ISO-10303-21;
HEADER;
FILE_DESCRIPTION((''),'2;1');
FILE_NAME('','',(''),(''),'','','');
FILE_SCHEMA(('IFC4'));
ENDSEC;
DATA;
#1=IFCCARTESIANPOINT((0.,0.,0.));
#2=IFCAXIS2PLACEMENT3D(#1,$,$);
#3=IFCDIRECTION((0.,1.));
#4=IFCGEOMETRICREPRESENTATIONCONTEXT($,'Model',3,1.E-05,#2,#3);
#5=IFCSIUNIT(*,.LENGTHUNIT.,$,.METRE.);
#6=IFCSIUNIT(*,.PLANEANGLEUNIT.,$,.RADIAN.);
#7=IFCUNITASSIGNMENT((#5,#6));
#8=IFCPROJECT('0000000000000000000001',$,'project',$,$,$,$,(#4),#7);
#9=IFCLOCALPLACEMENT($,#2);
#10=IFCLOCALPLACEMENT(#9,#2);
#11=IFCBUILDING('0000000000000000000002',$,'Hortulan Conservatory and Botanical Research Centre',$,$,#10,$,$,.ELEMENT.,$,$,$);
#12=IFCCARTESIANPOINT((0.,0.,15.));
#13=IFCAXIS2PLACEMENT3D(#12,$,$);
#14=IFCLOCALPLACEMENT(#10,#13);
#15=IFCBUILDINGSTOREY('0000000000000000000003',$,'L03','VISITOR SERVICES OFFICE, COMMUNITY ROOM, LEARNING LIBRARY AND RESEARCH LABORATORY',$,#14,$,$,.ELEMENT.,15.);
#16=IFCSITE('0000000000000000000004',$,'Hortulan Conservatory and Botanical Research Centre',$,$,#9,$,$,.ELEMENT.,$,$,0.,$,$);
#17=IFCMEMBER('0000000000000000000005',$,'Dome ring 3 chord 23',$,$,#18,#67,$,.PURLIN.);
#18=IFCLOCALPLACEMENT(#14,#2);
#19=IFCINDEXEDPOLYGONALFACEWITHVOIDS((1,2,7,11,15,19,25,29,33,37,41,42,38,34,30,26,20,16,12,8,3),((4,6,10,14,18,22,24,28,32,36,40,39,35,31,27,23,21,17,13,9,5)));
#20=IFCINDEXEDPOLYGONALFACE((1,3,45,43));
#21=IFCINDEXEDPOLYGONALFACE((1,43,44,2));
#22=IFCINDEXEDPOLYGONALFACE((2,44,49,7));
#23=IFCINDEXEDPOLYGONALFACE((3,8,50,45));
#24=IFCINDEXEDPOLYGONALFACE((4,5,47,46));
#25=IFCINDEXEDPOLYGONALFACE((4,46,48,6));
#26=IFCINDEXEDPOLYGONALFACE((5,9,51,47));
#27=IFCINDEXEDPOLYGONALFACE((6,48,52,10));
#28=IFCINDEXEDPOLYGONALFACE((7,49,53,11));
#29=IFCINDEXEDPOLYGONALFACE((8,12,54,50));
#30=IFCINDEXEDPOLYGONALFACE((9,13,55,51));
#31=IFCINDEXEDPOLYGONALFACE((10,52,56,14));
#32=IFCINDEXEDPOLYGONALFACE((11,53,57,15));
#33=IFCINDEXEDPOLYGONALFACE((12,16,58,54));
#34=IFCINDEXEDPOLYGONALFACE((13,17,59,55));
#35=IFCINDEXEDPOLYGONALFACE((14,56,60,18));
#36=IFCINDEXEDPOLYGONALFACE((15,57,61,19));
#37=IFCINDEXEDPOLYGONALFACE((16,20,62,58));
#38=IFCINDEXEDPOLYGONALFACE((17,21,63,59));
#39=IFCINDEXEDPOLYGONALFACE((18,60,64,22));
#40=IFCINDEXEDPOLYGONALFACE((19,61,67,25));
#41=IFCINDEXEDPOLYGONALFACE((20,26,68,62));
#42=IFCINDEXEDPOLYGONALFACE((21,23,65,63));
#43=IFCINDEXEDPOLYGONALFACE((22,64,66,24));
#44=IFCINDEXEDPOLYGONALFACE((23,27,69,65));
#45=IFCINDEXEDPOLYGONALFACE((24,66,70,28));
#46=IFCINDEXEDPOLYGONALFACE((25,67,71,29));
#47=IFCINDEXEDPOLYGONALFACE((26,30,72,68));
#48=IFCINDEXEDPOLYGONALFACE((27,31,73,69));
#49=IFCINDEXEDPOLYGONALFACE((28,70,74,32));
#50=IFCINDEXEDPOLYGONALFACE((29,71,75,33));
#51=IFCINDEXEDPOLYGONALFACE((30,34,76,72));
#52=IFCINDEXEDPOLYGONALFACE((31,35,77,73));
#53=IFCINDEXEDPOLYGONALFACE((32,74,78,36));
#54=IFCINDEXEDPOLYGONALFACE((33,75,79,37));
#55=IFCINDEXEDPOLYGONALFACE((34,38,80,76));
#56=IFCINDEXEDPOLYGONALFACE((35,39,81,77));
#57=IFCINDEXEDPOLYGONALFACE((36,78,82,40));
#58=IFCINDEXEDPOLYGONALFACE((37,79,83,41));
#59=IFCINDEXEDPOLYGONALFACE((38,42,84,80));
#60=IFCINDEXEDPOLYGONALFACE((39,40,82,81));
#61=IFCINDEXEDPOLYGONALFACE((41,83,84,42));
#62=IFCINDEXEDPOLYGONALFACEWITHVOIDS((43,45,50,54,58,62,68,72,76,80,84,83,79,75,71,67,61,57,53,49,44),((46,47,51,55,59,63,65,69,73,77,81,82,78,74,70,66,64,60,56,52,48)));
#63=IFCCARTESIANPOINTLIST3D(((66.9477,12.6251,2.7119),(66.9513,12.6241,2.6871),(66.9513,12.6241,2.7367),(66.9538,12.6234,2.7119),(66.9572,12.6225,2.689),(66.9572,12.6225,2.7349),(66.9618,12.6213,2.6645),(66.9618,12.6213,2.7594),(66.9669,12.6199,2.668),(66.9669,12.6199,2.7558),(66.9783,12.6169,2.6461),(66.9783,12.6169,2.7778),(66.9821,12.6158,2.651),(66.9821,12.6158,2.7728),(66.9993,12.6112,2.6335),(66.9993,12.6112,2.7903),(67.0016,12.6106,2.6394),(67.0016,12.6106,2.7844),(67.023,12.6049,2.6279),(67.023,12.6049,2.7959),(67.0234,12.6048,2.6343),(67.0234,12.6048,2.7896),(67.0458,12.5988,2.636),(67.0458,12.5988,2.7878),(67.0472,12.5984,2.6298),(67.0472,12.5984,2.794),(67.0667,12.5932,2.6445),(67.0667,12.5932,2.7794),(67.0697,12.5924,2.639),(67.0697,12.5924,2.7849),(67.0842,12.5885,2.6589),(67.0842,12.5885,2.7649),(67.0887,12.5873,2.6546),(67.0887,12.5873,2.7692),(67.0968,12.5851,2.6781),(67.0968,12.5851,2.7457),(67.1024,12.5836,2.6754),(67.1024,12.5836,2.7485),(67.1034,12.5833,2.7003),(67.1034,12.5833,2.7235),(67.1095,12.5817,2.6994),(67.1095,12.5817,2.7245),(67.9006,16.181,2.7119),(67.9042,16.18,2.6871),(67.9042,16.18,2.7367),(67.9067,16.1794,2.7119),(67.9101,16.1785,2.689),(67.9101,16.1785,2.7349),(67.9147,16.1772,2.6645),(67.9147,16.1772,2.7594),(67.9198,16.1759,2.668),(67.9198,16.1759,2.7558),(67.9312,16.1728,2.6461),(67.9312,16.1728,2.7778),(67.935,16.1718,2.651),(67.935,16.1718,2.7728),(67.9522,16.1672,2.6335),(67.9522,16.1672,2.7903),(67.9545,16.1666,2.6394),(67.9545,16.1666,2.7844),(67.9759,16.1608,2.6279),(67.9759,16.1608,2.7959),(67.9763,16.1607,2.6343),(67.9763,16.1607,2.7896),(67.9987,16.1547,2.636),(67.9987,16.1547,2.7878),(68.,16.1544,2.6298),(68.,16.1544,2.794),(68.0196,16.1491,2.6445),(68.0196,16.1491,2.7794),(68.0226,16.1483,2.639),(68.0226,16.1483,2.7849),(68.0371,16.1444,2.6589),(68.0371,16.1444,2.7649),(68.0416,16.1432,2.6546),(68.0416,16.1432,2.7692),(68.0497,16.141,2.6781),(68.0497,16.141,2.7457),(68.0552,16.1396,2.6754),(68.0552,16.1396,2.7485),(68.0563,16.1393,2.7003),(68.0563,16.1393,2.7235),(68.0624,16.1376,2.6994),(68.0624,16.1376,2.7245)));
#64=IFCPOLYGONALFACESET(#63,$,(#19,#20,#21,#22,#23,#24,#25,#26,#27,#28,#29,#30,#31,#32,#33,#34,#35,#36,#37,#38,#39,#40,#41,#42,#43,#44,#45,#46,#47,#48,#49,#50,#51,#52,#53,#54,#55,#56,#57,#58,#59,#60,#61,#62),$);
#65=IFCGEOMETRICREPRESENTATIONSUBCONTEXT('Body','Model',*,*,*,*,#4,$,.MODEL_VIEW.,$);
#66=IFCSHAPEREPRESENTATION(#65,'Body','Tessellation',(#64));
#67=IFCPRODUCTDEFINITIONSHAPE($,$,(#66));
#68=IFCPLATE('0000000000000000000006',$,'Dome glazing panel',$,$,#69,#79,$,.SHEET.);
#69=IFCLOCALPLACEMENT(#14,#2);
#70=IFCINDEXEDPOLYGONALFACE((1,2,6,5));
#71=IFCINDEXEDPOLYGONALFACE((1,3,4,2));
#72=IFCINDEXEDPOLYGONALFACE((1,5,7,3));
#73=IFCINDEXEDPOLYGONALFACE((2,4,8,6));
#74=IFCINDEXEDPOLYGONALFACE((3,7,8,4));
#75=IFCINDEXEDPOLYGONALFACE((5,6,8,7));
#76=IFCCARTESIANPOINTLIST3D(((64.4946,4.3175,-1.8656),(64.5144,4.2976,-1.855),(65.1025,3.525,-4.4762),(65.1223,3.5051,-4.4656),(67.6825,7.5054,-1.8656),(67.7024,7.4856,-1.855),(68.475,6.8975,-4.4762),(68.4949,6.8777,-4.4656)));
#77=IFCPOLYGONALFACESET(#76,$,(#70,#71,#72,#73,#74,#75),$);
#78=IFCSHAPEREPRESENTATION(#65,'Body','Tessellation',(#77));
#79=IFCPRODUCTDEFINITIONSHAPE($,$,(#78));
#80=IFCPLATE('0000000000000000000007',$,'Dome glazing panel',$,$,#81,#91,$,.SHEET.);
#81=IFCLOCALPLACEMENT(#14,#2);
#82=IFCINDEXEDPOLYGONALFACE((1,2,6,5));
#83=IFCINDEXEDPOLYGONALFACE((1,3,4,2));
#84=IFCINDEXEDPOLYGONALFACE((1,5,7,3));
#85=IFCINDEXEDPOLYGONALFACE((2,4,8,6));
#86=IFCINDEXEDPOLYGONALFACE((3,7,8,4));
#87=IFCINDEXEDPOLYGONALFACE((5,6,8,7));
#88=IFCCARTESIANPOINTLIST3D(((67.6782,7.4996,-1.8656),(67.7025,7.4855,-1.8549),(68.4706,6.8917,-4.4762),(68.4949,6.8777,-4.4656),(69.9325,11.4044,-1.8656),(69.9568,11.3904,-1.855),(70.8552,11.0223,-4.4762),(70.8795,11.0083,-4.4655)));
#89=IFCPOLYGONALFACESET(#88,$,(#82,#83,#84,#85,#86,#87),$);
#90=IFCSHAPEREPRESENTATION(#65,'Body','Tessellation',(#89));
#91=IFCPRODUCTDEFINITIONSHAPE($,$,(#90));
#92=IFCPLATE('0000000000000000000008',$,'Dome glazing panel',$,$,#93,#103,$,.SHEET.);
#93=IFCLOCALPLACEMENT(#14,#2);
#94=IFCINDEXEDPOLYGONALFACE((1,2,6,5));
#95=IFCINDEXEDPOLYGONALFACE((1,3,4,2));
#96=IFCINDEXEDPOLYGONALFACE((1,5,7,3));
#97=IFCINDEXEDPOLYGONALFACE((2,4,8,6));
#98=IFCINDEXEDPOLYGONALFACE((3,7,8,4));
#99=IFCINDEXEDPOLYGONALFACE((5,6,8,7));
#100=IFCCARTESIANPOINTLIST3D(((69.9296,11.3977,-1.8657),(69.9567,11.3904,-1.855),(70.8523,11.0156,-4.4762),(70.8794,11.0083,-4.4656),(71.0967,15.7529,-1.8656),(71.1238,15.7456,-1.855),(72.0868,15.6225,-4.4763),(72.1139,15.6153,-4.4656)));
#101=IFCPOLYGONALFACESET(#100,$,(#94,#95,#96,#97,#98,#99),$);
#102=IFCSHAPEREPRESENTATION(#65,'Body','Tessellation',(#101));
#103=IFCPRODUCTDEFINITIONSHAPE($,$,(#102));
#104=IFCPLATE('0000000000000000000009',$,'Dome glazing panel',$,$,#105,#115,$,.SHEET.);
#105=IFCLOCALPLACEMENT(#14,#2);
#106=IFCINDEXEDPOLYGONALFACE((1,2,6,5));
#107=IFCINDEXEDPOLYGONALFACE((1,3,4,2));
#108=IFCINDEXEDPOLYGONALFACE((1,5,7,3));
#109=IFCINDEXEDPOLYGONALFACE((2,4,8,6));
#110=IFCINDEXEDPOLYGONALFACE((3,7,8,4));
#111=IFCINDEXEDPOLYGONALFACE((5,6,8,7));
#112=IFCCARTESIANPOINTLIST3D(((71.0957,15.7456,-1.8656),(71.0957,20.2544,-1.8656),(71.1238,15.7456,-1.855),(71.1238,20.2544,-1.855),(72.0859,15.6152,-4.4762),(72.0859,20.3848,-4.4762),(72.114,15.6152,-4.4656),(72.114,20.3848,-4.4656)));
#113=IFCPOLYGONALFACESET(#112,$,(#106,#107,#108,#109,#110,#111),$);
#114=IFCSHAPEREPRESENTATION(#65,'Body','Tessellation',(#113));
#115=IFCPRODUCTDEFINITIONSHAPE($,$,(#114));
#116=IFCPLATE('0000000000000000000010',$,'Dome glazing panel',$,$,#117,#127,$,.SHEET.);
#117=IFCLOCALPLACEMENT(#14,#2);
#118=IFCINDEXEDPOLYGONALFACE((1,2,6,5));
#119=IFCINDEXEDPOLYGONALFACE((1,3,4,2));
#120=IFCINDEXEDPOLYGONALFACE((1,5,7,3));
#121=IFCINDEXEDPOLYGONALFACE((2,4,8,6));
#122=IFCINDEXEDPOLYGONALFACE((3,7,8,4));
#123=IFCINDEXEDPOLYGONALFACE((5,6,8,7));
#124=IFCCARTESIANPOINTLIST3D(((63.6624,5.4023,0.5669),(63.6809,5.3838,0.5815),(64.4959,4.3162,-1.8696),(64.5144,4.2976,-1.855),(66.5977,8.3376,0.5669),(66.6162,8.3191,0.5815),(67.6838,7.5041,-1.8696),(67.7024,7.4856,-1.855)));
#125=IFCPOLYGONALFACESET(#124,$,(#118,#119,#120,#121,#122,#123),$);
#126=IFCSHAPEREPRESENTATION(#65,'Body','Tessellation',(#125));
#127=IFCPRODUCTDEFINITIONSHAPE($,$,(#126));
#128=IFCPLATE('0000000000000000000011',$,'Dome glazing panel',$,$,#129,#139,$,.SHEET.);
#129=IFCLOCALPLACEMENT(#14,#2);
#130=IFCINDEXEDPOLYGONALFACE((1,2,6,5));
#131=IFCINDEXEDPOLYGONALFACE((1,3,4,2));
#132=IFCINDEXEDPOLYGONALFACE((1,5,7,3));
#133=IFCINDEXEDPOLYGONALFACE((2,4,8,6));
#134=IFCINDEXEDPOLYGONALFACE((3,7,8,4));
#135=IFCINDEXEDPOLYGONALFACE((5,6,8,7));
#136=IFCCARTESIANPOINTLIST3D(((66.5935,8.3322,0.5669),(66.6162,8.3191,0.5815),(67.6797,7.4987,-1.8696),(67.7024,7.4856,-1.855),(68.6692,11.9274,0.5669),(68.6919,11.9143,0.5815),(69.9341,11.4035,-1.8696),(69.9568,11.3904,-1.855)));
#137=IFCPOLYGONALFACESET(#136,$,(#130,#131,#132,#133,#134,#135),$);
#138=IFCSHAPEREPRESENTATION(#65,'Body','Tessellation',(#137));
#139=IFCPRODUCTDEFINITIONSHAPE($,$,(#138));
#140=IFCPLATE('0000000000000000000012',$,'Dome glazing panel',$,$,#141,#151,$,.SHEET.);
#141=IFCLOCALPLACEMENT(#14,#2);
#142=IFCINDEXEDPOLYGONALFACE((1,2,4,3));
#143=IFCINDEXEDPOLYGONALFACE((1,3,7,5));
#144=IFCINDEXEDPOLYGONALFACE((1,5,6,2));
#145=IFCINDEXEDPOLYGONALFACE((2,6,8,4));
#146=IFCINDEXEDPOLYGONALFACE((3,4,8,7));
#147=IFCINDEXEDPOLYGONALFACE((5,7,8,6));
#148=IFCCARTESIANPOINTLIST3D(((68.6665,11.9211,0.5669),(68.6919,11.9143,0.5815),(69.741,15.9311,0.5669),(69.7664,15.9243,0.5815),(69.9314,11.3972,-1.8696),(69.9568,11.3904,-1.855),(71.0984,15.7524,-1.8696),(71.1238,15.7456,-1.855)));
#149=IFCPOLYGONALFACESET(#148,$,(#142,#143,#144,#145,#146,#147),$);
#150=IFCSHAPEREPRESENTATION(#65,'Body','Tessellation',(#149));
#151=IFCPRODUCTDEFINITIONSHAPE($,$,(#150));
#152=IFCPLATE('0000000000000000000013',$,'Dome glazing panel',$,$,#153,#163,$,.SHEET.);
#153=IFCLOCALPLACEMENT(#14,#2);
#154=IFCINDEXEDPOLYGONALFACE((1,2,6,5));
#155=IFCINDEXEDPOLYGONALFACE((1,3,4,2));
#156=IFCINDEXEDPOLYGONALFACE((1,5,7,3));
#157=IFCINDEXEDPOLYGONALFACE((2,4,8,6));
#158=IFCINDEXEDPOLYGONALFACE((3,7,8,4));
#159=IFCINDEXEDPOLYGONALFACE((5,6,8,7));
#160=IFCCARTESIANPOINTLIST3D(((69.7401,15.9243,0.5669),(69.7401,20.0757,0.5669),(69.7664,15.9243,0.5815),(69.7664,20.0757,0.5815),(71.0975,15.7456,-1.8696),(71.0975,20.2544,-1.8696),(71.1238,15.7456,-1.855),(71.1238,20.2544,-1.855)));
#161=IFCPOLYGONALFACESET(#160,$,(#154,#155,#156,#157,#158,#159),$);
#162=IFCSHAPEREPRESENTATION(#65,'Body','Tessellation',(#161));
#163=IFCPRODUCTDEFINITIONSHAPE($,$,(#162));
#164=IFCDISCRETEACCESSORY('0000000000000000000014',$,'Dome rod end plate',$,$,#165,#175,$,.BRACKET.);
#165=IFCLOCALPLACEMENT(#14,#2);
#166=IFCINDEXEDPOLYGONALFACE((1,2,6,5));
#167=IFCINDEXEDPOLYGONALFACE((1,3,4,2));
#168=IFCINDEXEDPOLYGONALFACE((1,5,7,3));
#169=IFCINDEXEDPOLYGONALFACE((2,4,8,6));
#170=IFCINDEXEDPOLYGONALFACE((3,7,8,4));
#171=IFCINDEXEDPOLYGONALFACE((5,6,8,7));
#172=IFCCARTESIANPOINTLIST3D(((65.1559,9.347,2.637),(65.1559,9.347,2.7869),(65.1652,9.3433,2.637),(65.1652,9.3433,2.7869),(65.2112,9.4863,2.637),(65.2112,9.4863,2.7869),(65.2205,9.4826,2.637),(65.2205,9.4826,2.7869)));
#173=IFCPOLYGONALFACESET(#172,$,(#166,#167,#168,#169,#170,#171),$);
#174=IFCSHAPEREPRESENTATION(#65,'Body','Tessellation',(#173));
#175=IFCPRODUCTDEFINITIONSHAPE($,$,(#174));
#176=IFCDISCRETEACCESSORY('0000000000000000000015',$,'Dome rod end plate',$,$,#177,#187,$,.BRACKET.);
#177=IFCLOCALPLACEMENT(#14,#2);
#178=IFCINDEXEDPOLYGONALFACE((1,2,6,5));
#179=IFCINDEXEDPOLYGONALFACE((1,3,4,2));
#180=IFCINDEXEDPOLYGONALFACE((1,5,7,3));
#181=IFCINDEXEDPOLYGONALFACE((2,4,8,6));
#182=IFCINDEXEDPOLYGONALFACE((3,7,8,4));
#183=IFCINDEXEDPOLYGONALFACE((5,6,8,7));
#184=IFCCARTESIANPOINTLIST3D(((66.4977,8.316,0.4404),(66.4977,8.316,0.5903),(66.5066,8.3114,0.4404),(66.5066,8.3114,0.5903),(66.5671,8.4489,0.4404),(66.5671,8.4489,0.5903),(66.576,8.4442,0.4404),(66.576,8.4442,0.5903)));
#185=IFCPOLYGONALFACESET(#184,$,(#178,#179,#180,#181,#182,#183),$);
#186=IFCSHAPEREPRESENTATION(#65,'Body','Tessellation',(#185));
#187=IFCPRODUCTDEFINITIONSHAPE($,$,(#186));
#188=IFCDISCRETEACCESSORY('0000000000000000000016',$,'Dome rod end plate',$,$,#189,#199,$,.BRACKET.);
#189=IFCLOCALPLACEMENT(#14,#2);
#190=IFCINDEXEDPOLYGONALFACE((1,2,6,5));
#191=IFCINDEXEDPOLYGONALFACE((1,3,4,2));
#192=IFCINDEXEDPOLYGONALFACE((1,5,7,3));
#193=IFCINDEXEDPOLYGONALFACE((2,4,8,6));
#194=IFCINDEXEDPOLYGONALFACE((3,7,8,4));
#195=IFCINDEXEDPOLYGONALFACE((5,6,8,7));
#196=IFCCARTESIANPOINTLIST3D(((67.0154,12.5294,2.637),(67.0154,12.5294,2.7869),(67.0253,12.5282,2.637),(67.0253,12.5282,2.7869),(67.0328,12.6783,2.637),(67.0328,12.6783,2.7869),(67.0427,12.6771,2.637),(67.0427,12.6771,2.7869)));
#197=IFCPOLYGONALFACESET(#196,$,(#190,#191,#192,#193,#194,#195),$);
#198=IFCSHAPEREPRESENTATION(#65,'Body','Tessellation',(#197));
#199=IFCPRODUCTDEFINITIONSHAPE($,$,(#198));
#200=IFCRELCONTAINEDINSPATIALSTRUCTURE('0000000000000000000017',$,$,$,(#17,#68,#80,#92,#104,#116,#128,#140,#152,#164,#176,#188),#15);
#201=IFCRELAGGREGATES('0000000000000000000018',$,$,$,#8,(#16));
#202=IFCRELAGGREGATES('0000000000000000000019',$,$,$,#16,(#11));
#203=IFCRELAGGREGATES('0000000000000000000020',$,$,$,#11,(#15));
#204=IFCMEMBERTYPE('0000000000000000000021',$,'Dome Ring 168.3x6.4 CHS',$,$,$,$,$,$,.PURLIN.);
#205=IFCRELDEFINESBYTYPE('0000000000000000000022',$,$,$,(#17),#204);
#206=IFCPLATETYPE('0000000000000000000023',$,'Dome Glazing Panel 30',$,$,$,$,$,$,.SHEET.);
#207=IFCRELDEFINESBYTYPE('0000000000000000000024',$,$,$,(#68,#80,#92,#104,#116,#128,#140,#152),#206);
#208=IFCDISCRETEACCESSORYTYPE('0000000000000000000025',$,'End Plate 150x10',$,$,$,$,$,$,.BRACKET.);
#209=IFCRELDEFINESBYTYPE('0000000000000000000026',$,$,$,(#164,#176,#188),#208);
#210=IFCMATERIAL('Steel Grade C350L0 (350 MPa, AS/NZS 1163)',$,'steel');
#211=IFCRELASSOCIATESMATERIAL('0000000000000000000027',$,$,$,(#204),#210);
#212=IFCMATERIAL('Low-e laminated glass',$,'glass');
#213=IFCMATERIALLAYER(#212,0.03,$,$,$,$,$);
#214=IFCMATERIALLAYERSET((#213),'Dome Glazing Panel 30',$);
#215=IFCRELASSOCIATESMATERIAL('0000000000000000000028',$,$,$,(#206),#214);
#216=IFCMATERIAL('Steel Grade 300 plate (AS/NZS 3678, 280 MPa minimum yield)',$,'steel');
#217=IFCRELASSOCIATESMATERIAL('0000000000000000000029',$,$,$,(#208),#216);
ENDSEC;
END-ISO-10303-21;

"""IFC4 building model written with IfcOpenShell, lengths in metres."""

from ifc_helpers import new_model, si_unit, direction, frame, origin, origin_2d, place, context, subcontext, project, spatial, polyline, rectangle, hollow_circle, outline, extrude, material, layer, layer_set, material_profile, profile_set, type_object, element, save


model = new_model("IFC4")

# Units and contexts
model_context = context("Model", 3, precision=1e-05, world=origin(), true_north=direction((0.0, 1.0)))
body_context = subcontext(model_context, "Body", "Model", "MODEL_VIEW")
ifc_project = project(units=[si_unit("LENGTHUNIT", "METRE"), si_unit("PLANEANGLEUNIT", "RADIAN")], contexts=[model_context])

# Site, building, storey
site_placement = place(None, origin())
site = spatial("IfcSite", under=ifc_project, at=site_placement, Name="Hortulan Conservatory and Botanical Research Centre", CompositionType="ELEMENT", RefElevation=0.0)
building_placement = place(site_placement, origin())
building = spatial("IfcBuilding", under=site, at=building_placement, Name="Hortulan Conservatory and Botanical Research Centre", CompositionType="ELEMENT")
storey_placement = place(building_placement, frame((0.0, 0.0, 15.0)))
storey = spatial("IfcBuildingStorey", under=building, at=storey_placement, Name="L03", Description="VISITOR SERVICES OFFICE, COMMUNITY ROOM, LEARNING LIBRARY AND RESEARCH LABORATORY", CompositionType="ELEMENT", Elevation=15.0)

# Shared definitions
ifc_material_1 = material(Name="Steel Grade C350L0 (350 MPa, AS/NZS 1163)", Category="steel")

# Member
ifc_material_profile_1 = material_profile(ifc_material_1, hollow_circle(Radius=0.0842, WallThickness=0.0063, at=origin_2d()), Name="168.3x6.4CHS")
ifc_profile_set_1 = profile_set([ifc_material_profile_1], Name="Steel Grade C350L0 (350 MPa, AS/NZS 1163)")
member_type_1 = type_object("IfcMemberType", Name="Dome Ring 168.3x6.4 CHS", PredefinedType="PURLIN", material=ifc_profile_set_1)
member_1_placement = place(storey_placement, frame((67.0291, 12.6033, 2.7119), z_axis=(0.258839, 0.965921, 0.0), x_axis=(-0.965921, 0.258839, 0.0)))
element("IfcMember", 1, at=member_1_placement, inside=storey, type_object=member_type_1, Name="Dome ring 3 chord 23", PredefinedType="PURLIN", context=body_context, shape_type="SweptSolid", body=[
    extrude(hollow_circle(Radius=0.0842, WallThickness=0.0063, at=origin_2d()), origin(), (0.0, 0.0, 1.0), 3.6814),
])

# Plates
ifc_material_2 = material(Name="Low-e laminated glass", Category="glass")
ifc_layer = layer(ifc_material_2, 0.03)
ifc_layer_set = layer_set([ifc_layer], Name="Dome Glazing Panel 30")
plate_type = type_object("IfcPlateType", Name="Dome Glazing Panel 30", PredefinedType="SHEET", material=ifc_layer_set)
plate_1_placement = place(storey_placement, frame((65.1223, 3.5051, -4.4656), z_axis=(0.661143, -0.661143, 0.354654), x_axis=(0.707107, 0.707107, 0.0)))
element("IfcPlate", 2, at=plate_1_placement, inside=storey, type_object=plate_type, Name="Dome glazing panel", PredefinedType="SHEET", context=body_context, shape_type="SweptSolid", body=[
    extrude(outline(polyline([(0.0, 0.0), (4.7695, 0.0), (4.639, 2.7921), (0.1305, 2.7921), (0.0, 0.0)])), origin(), (0.0, 0.0, -1.0), 0.03),
])
plate_2_placement = place(storey_placement, frame((68.4949, 6.8777, -4.4656), z_axis=(0.809753, -0.467479, 0.354631), x_axis=(0.499971, 0.866042, 0.000007)))
element("IfcPlate", 3, at=plate_2_placement, inside=storey, type_object=plate_type, Name="Dome glazing panel", PredefinedType="SHEET", context=body_context, shape_type="SweptSolid", body=[
    extrude(outline(polyline([(0.0, 0.0), (4.7695, 0.0), (4.6391, 2.792), (0.1303, 2.7921), (0.0, 0.0)])), origin(), (0.0, 0.0, -1.0), 0.03),
])
plate_3_placement = place(storey_placement, frame((70.8794, 11.0083, -4.4656), z_axis=(0.903142, -0.242017, 0.35463), x_axis=(0.258842, 0.96592, -0.000006)))
element("IfcPlate", 4, at=plate_3_placement, inside=storey, type_object=plate_type, Name="Dome glazing panel", PredefinedType="SHEET", context=body_context, shape_type="SweptSolid", body=[
    extrude(outline(polyline([(0.0, 0.0), (4.7695, 0.0), (4.6391, 2.7921), (0.1302, 2.792), (0.0, 0.0)])), origin(), (0.0, 0.0, -1.0), 0.03),
])
plate_4_placement = place(storey_placement, frame((72.114, 15.6152, -4.4656), z_axis=(0.934997, 0.0, 0.354657), x_axis=(0.0, 1.0, 0.0)))
element("IfcPlate", 5, at=plate_4_placement, inside=storey, type_object=plate_type, Name="Dome glazing panel", PredefinedType="SHEET", context=body_context, shape_type="SweptSolid", body=[
    extrude(outline(polyline([(0.0, 0.0), (4.7695, 0.0), (4.6392, 2.7921), (0.1304, 2.7921), (0.0, 0.0)])), origin(), (0.0, 0.0, -1.0), 0.03),
])
plate_5_placement = place(storey_placement, frame((64.5144, 4.2976, -1.855), z_axis=(0.617714, -0.617714, 0.486682), x_axis=(0.707107, 0.707107, 0.0)))
element("IfcPlate", 6, at=plate_5_placement, inside=storey, type_object=plate_type, Name="Dome glazing panel", PredefinedType="SHEET", context=body_context, shape_type="SweptSolid", body=[
    extrude(outline(polyline([(0.0, 0.0), (4.5085, 0.0), (4.3298, 2.7891), (0.1787, 2.7891), (0.0, 0.0)])), origin(), (0.0, 0.0, -1.0), 0.03),
])
plate_6_placement = place(storey_placement, frame((67.7024, 7.4856, -1.855), z_axis=(0.756546, -0.436787, 0.486677), x_axis=(0.499995, 0.866028, 0.000001)))
element("IfcPlate", 7, at=plate_6_placement, inside=storey, type_object=plate_type, Name="Dome glazing panel", PredefinedType="SHEET", context=body_context, shape_type="SweptSolid", body=[
    extrude(outline(polyline([(0.0, 0.0), (4.5088, 0.0), (4.3301, 2.7891), (0.1787, 2.7891), (0.0, 0.0)])), origin(), (0.0, 0.0, -1.0), 0.03),
])
plate_7_placement = place(storey_placement, frame((69.9568, 11.3904, -1.855), z_axis=(0.843814, -0.226099, 0.486679), x_axis=(0.258819, 0.965926, -0.000001)))
element("IfcPlate", 8, at=plate_7_placement, inside=storey, type_object=plate_type, Name="Dome glazing panel", PredefinedType="SHEET", context=body_context, shape_type="SweptSolid", body=[
    extrude(outline(polyline([(0.0, 0.0), (4.5089, 0.0), (4.3302, 2.7891), (0.1787, 2.7891), (0.0, 0.0)])), origin(), (0.0, 0.0, -1.0), 0.03),
])
plate_8_placement = place(storey_placement, frame((71.1238, 15.7456, -1.855), z_axis=(0.873579, 0.0, 0.486683), x_axis=(0.0, 1.0, 0.0)))
element("IfcPlate", 9, at=plate_8_placement, inside=storey, type_object=plate_type, Name="Dome glazing panel", PredefinedType="SHEET", context=body_context, shape_type="SweptSolid", body=[
    extrude(outline(polyline([(0.0, 0.0), (4.5088, 0.0), (4.3301, 2.7891), (0.1787, 2.7891), (0.0, 0.0)])), origin(), (0.0, 0.0, -1.0), 0.03),
])

# Discrete accessories
ifc_material_3 = material(Name="Steel Grade 300 plate (AS/NZS 3678, 280 MPa minimum yield)", Category="steel")
discrete_accessory_type = type_object("IfcDiscreteAccessoryType", Name="End Plate 150x10", PredefinedType="BRACKET", material=ifc_material_3)
for number, where, z_axis, x_axis, name in (
    (10, (65.1882, 9.4148, 2.637), (0.0, 0.0, 1.0), (0.368887, 0.929474, 0.0), "Dome rod end plate"),
    (11, (66.5369, 8.3801, 0.4404), (0.0, 0.0, 1.0), (0.463203, 0.886252, 0.0), "Dome rod end plate"),
    (12, (67.0291, 12.6033, 2.637), (0.0, 0.0, 1.0), (0.115735, 0.99328, 0.0), "Dome rod end plate"),
):
    element("IfcDiscreteAccessory", number, at=place(storey_placement, frame(where, z_axis=z_axis, x_axis=x_axis)), inside=storey, type_object=discrete_accessory_type, Name=name, PredefinedType="BRACKET", context=body_context, shape_type="SweptSolid", body=[
        extrude(rectangle(XDim=0.1499, YDim=0.01, at=origin_2d()), origin(), (0.0, 0.0, 1.0), 0.1499),
    ])

save(model, "model.ifc")
